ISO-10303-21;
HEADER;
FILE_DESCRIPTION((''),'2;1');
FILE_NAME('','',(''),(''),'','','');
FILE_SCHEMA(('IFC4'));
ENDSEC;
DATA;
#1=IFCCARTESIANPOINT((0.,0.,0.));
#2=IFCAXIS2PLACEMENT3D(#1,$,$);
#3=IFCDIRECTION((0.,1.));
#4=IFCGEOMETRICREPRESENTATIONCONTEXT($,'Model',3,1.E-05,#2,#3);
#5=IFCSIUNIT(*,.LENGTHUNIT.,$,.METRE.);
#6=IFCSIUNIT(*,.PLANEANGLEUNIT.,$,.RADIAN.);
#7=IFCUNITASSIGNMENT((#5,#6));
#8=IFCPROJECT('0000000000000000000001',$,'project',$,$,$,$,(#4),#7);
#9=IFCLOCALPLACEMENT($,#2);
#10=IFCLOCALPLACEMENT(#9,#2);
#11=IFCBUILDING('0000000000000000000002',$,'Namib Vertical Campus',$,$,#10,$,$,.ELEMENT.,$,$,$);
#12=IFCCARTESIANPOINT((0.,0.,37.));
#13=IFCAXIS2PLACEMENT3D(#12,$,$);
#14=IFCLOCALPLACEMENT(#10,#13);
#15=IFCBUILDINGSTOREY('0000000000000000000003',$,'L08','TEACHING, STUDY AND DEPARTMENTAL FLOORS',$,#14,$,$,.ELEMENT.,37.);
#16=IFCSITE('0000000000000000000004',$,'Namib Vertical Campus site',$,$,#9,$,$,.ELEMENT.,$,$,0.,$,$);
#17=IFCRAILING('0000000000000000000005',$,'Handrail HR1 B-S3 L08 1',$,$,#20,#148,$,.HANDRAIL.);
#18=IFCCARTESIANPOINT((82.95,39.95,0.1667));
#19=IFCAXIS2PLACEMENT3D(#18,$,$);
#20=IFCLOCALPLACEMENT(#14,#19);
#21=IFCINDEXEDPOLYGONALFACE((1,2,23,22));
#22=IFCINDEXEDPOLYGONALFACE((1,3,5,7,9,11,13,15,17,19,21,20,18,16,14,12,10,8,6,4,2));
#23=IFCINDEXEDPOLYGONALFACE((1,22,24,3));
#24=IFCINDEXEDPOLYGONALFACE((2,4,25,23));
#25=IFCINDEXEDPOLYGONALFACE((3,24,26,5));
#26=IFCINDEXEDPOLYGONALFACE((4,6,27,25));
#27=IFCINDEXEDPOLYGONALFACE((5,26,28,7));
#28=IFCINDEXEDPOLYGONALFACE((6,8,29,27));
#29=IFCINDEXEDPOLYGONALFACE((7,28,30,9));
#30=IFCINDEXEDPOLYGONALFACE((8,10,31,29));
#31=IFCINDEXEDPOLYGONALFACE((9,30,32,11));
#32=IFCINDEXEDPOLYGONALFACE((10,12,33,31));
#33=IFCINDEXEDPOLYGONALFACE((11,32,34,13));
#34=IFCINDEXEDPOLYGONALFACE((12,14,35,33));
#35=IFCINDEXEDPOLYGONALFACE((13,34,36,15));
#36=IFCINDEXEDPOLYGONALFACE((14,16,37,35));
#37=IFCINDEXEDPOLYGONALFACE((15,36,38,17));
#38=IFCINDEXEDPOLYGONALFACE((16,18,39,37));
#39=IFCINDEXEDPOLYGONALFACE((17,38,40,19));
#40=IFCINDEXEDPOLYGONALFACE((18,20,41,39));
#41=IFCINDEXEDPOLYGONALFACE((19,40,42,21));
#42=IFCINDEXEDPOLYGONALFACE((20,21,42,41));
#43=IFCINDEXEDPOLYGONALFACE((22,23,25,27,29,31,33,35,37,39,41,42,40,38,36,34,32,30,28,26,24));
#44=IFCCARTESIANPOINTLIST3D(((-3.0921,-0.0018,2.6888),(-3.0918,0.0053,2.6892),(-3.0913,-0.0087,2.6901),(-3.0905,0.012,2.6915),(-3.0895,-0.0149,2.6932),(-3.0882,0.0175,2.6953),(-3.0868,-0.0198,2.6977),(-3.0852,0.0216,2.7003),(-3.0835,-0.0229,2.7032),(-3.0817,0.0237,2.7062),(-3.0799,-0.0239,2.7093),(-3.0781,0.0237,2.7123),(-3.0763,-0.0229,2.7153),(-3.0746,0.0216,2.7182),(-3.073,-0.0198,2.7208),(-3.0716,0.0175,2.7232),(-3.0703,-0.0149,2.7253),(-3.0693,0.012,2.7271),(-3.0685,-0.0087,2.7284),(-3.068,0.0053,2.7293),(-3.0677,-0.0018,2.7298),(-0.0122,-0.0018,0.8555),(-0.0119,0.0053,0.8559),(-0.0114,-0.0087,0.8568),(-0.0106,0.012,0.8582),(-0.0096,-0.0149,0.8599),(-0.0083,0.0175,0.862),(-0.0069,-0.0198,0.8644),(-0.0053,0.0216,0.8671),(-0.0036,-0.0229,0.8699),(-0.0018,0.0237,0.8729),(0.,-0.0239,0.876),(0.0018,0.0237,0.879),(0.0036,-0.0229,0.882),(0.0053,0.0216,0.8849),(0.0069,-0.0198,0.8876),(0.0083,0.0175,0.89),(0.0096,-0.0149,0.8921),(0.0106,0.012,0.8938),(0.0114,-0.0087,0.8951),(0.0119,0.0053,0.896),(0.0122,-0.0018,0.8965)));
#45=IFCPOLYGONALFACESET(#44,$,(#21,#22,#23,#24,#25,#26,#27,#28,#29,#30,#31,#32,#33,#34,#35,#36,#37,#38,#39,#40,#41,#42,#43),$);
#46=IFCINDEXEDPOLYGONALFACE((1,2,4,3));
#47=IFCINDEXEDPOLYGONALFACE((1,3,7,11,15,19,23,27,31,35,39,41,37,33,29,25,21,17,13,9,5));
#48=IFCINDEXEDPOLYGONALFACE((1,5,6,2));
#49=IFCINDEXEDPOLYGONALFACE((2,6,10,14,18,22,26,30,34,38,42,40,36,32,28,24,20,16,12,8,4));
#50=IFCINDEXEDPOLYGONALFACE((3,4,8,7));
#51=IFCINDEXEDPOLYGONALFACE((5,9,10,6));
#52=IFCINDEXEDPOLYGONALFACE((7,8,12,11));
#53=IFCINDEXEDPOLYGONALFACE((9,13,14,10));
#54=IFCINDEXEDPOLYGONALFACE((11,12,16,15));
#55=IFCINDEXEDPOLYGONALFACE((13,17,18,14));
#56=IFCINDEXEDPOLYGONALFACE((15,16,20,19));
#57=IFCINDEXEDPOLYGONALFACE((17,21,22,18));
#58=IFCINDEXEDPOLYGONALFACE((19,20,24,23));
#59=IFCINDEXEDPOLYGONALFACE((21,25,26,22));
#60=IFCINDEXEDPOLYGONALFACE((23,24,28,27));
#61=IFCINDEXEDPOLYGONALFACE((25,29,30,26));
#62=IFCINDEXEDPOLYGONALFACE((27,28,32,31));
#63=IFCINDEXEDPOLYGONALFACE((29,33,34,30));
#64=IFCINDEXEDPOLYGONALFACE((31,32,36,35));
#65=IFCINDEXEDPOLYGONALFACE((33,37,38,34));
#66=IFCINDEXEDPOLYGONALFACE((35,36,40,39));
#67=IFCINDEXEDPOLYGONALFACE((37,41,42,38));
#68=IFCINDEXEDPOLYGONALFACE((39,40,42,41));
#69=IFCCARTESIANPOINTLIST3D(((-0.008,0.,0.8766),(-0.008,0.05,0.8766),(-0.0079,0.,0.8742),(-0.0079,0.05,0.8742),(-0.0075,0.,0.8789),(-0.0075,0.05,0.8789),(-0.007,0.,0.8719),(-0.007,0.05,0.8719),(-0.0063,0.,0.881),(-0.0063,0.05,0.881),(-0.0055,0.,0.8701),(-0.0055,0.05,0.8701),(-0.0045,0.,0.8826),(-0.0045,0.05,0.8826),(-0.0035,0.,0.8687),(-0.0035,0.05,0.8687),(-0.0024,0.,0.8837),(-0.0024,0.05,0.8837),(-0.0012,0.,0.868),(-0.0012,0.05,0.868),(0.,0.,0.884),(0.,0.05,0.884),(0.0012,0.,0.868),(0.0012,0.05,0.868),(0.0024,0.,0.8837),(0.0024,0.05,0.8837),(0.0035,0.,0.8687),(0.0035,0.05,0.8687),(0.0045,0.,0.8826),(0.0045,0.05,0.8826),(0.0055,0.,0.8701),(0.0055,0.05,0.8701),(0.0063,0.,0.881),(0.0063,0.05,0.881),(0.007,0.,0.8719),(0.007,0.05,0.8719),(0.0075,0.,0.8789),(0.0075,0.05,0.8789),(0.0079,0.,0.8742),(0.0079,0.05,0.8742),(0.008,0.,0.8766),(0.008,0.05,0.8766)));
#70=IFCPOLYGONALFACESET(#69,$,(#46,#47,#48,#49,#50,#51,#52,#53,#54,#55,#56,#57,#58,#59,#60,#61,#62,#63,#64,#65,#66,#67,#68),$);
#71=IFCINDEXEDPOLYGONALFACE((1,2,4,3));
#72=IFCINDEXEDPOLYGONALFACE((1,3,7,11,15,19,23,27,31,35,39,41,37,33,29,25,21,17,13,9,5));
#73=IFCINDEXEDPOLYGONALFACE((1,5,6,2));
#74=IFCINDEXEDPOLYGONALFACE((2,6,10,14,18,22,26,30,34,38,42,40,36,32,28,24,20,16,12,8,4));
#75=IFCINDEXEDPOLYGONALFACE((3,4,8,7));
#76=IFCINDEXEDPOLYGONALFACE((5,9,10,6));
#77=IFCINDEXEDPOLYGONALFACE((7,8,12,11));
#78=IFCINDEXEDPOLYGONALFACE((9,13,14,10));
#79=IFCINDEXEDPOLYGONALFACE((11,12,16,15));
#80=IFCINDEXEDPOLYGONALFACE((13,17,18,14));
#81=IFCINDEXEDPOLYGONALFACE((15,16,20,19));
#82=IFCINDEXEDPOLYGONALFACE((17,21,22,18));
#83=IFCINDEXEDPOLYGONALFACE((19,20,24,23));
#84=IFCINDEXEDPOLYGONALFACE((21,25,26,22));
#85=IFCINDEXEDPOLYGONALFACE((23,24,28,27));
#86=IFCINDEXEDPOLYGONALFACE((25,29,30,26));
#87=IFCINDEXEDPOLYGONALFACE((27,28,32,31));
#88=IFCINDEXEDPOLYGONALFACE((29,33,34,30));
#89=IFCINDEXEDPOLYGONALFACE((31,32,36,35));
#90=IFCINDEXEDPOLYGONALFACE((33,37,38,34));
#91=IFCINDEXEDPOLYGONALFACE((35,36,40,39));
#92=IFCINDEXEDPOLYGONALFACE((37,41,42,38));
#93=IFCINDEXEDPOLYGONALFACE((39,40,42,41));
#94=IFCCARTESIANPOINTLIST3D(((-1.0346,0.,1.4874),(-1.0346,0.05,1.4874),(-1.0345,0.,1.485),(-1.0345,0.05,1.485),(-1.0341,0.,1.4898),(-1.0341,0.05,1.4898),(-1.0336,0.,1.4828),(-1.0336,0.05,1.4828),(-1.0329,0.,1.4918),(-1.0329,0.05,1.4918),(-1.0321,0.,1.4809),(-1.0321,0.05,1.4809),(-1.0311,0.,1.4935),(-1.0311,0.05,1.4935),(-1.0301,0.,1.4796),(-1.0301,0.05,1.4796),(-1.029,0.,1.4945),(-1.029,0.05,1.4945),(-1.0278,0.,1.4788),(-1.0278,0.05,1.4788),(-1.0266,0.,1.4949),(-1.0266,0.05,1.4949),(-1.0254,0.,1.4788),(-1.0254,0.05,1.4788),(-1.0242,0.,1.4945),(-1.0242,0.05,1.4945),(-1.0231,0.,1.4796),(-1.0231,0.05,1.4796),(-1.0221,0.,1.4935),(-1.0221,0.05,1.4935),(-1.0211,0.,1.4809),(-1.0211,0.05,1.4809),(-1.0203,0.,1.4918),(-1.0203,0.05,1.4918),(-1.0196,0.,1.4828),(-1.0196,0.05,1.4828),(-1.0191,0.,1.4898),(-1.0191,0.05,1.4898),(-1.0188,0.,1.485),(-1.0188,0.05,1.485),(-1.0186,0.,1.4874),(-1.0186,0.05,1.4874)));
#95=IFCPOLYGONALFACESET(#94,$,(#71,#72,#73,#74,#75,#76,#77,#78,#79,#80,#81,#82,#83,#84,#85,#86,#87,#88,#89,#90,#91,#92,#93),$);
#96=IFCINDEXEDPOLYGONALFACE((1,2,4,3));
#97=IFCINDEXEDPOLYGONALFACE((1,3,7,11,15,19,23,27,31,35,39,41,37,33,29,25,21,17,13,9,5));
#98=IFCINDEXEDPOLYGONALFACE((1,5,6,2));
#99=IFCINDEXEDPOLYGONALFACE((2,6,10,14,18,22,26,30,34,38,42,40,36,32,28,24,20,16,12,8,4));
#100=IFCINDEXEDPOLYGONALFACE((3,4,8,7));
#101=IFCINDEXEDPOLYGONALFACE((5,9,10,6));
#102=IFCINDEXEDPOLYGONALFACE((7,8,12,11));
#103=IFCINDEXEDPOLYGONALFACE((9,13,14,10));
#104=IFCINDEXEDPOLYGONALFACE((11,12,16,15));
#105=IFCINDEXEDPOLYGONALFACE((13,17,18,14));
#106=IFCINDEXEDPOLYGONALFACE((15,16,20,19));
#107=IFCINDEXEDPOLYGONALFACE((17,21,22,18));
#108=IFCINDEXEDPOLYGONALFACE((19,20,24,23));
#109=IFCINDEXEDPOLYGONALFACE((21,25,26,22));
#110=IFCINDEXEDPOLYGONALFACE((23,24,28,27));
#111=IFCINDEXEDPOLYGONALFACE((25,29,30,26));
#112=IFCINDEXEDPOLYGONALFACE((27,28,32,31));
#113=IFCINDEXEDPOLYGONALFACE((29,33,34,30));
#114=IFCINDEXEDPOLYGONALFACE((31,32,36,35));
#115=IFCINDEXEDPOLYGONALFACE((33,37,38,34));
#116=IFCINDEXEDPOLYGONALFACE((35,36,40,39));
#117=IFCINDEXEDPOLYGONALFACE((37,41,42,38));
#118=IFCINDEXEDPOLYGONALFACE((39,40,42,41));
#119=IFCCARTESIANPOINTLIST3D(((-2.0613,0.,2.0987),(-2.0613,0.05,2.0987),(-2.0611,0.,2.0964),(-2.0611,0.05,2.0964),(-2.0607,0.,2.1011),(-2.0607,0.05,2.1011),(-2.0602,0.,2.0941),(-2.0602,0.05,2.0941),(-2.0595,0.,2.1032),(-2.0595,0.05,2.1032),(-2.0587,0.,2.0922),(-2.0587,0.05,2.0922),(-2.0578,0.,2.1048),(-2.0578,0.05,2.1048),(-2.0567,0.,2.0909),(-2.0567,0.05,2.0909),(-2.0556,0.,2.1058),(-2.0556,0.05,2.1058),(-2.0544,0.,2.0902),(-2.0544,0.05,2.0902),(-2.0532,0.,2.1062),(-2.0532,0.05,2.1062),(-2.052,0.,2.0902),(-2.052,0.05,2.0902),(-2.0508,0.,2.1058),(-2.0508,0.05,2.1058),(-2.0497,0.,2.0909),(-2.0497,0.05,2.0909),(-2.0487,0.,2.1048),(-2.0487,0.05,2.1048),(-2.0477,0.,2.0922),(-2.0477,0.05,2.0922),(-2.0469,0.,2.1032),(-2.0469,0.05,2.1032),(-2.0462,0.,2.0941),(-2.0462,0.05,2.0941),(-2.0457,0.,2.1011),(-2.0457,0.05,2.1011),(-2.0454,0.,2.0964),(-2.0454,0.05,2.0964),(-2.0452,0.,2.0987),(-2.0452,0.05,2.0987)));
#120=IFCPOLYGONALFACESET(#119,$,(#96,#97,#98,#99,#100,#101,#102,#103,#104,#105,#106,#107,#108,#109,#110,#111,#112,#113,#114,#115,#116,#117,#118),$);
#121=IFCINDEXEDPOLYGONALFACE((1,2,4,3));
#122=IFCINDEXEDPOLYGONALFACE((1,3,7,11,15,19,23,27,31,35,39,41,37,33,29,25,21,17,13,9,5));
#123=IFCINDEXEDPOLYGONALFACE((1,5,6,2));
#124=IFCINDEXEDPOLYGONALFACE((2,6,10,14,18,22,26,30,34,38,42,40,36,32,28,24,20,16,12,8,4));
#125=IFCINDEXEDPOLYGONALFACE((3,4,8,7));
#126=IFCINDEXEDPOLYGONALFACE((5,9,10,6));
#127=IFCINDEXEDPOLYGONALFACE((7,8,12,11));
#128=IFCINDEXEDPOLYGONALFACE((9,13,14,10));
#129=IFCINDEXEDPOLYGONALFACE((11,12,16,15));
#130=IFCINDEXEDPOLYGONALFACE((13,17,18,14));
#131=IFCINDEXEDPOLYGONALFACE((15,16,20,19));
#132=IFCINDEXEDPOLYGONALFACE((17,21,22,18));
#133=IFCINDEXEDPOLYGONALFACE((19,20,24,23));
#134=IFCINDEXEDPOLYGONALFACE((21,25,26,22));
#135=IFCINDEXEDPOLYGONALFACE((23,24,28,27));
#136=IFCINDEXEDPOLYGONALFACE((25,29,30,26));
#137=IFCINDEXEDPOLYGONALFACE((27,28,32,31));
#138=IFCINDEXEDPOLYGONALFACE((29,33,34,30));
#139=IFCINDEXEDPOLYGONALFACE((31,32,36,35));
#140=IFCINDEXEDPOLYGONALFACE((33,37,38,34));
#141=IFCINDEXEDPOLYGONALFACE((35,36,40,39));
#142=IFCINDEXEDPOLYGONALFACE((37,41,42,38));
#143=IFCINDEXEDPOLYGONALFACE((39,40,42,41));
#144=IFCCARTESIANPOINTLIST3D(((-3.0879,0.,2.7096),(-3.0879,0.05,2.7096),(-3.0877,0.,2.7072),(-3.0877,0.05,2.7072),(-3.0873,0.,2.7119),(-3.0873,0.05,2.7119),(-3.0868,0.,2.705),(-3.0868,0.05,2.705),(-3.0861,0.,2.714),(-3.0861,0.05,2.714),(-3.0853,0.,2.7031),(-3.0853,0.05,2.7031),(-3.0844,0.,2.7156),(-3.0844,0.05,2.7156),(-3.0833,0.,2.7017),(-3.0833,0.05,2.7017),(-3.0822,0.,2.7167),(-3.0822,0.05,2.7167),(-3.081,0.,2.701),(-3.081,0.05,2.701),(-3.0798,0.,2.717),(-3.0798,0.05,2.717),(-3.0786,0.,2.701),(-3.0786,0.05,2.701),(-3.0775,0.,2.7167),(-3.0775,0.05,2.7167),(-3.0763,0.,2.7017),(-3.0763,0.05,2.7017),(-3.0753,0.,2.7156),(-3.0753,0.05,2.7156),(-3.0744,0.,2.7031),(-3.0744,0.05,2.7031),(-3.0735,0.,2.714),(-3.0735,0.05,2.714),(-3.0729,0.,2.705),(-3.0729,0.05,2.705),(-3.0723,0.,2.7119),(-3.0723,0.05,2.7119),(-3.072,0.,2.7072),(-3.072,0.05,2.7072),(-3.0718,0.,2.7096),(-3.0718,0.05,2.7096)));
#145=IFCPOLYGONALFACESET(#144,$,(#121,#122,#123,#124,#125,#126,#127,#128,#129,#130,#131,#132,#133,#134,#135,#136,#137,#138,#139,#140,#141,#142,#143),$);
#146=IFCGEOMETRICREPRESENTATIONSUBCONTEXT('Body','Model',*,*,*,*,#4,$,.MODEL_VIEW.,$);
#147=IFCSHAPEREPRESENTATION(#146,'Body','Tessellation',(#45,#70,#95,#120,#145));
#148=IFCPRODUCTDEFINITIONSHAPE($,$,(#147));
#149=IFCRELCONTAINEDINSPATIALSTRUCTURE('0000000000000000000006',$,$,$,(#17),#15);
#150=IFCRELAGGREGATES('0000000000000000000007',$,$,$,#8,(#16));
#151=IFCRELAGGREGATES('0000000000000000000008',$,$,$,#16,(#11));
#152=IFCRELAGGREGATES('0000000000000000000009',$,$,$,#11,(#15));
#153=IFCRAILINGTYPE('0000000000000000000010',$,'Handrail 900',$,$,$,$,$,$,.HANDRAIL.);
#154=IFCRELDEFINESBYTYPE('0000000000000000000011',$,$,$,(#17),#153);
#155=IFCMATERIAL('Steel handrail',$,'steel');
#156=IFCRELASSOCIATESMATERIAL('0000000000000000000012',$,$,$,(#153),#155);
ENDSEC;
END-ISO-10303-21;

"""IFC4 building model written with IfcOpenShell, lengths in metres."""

from ifc_helpers import new_model, si_unit, direction, frame, origin, origin_2d, place, context, subcontext, project, spatial, circle, extrude, material, type_object, element, save


model = new_model("IFC4")

# Units and contexts
model_context = context("Model", 3, precision=1e-05, world=origin(), true_north=direction((0.0, 1.0)))
body_context = subcontext(model_context, "Body", "Model", "MODEL_VIEW")
ifc_project = project(units=[si_unit("LENGTHUNIT", "METRE"), si_unit("PLANEANGLEUNIT", "RADIAN")], contexts=[model_context])

# Site, building, storey
site_placement = place(None, origin())
site = spatial("IfcSite", under=ifc_project, at=site_placement, Name="Namib Vertical Campus site", CompositionType="ELEMENT", RefElevation=0.0)
building_placement = place(site_placement, origin())
building = spatial("IfcBuilding", under=site, at=building_placement, Name="Namib Vertical Campus", CompositionType="ELEMENT")
storey_placement = place(building_placement, frame((0.0, 0.0, 37.0)))
storey = spatial("IfcBuildingStorey", under=building, at=storey_placement, Name="L08", Description="TEACHING, STUDY AND DEPARTMENTAL FLOORS", CompositionType="ELEMENT", Elevation=37.0)

# Railing
ifc_material_1 = material(Name="Steel handrail", Category="steel")
railing_type_1 = type_object("IfcRailingType", Name="Handrail 900", PredefinedType="HANDRAIL", material=ifc_material_1)
railing_1_placement = place(storey_placement, frame((82.95, 39.95, 0.1667)))
element("IfcRailing", 1, at=railing_1_placement, inside=storey, type_object=railing_type_1, Name="Handrail HR1 B-S3 L08 1", PredefinedType="HANDRAIL", context=body_context, shape_type="SweptSolid", body=[
    extrude(circle(Radius=0.0239, at=origin_2d()), frame((0.0, 0.0, 0.876), z_axis=(-0.859291, 0.0, 0.511487), x_axis=(0.0, -1.0, 0.0)), (0.0, 0.0, 1.0), 3.5842),
    extrude(circle(Radius=0.0081, at=origin_2d()), frame((0.0, 0.0, 0.876), z_axis=(0.0, 1.0, 0.0), x_axis=(0.0, 0.0, 1.0)), (0.0, 0.0, 1.0), 0.05),
    extrude(circle(Radius=0.0081, at=origin_2d()), frame((-1.0266, 0.0, 1.4868), z_axis=(0.0, 1.0, 0.0), x_axis=(0.0, 0.0, 1.0)), (0.0, 0.0, 1.0), 0.05),
    extrude(circle(Radius=0.0081, at=origin_2d()), frame((-2.0532, 0.0, 2.0981), z_axis=(0.0, 1.0, 0.0), x_axis=(0.0, 0.0, 1.0)), (0.0, 0.0, 1.0), 0.05),
    extrude(circle(Radius=0.0081, at=origin_2d()), frame((-3.0798, 0.0, 2.709), z_axis=(0.0, 1.0, 0.0), x_axis=(0.0, 0.0, 1.0)), (0.0, 0.0, 1.0), 0.05),
])

save(model, "model.ifc")
